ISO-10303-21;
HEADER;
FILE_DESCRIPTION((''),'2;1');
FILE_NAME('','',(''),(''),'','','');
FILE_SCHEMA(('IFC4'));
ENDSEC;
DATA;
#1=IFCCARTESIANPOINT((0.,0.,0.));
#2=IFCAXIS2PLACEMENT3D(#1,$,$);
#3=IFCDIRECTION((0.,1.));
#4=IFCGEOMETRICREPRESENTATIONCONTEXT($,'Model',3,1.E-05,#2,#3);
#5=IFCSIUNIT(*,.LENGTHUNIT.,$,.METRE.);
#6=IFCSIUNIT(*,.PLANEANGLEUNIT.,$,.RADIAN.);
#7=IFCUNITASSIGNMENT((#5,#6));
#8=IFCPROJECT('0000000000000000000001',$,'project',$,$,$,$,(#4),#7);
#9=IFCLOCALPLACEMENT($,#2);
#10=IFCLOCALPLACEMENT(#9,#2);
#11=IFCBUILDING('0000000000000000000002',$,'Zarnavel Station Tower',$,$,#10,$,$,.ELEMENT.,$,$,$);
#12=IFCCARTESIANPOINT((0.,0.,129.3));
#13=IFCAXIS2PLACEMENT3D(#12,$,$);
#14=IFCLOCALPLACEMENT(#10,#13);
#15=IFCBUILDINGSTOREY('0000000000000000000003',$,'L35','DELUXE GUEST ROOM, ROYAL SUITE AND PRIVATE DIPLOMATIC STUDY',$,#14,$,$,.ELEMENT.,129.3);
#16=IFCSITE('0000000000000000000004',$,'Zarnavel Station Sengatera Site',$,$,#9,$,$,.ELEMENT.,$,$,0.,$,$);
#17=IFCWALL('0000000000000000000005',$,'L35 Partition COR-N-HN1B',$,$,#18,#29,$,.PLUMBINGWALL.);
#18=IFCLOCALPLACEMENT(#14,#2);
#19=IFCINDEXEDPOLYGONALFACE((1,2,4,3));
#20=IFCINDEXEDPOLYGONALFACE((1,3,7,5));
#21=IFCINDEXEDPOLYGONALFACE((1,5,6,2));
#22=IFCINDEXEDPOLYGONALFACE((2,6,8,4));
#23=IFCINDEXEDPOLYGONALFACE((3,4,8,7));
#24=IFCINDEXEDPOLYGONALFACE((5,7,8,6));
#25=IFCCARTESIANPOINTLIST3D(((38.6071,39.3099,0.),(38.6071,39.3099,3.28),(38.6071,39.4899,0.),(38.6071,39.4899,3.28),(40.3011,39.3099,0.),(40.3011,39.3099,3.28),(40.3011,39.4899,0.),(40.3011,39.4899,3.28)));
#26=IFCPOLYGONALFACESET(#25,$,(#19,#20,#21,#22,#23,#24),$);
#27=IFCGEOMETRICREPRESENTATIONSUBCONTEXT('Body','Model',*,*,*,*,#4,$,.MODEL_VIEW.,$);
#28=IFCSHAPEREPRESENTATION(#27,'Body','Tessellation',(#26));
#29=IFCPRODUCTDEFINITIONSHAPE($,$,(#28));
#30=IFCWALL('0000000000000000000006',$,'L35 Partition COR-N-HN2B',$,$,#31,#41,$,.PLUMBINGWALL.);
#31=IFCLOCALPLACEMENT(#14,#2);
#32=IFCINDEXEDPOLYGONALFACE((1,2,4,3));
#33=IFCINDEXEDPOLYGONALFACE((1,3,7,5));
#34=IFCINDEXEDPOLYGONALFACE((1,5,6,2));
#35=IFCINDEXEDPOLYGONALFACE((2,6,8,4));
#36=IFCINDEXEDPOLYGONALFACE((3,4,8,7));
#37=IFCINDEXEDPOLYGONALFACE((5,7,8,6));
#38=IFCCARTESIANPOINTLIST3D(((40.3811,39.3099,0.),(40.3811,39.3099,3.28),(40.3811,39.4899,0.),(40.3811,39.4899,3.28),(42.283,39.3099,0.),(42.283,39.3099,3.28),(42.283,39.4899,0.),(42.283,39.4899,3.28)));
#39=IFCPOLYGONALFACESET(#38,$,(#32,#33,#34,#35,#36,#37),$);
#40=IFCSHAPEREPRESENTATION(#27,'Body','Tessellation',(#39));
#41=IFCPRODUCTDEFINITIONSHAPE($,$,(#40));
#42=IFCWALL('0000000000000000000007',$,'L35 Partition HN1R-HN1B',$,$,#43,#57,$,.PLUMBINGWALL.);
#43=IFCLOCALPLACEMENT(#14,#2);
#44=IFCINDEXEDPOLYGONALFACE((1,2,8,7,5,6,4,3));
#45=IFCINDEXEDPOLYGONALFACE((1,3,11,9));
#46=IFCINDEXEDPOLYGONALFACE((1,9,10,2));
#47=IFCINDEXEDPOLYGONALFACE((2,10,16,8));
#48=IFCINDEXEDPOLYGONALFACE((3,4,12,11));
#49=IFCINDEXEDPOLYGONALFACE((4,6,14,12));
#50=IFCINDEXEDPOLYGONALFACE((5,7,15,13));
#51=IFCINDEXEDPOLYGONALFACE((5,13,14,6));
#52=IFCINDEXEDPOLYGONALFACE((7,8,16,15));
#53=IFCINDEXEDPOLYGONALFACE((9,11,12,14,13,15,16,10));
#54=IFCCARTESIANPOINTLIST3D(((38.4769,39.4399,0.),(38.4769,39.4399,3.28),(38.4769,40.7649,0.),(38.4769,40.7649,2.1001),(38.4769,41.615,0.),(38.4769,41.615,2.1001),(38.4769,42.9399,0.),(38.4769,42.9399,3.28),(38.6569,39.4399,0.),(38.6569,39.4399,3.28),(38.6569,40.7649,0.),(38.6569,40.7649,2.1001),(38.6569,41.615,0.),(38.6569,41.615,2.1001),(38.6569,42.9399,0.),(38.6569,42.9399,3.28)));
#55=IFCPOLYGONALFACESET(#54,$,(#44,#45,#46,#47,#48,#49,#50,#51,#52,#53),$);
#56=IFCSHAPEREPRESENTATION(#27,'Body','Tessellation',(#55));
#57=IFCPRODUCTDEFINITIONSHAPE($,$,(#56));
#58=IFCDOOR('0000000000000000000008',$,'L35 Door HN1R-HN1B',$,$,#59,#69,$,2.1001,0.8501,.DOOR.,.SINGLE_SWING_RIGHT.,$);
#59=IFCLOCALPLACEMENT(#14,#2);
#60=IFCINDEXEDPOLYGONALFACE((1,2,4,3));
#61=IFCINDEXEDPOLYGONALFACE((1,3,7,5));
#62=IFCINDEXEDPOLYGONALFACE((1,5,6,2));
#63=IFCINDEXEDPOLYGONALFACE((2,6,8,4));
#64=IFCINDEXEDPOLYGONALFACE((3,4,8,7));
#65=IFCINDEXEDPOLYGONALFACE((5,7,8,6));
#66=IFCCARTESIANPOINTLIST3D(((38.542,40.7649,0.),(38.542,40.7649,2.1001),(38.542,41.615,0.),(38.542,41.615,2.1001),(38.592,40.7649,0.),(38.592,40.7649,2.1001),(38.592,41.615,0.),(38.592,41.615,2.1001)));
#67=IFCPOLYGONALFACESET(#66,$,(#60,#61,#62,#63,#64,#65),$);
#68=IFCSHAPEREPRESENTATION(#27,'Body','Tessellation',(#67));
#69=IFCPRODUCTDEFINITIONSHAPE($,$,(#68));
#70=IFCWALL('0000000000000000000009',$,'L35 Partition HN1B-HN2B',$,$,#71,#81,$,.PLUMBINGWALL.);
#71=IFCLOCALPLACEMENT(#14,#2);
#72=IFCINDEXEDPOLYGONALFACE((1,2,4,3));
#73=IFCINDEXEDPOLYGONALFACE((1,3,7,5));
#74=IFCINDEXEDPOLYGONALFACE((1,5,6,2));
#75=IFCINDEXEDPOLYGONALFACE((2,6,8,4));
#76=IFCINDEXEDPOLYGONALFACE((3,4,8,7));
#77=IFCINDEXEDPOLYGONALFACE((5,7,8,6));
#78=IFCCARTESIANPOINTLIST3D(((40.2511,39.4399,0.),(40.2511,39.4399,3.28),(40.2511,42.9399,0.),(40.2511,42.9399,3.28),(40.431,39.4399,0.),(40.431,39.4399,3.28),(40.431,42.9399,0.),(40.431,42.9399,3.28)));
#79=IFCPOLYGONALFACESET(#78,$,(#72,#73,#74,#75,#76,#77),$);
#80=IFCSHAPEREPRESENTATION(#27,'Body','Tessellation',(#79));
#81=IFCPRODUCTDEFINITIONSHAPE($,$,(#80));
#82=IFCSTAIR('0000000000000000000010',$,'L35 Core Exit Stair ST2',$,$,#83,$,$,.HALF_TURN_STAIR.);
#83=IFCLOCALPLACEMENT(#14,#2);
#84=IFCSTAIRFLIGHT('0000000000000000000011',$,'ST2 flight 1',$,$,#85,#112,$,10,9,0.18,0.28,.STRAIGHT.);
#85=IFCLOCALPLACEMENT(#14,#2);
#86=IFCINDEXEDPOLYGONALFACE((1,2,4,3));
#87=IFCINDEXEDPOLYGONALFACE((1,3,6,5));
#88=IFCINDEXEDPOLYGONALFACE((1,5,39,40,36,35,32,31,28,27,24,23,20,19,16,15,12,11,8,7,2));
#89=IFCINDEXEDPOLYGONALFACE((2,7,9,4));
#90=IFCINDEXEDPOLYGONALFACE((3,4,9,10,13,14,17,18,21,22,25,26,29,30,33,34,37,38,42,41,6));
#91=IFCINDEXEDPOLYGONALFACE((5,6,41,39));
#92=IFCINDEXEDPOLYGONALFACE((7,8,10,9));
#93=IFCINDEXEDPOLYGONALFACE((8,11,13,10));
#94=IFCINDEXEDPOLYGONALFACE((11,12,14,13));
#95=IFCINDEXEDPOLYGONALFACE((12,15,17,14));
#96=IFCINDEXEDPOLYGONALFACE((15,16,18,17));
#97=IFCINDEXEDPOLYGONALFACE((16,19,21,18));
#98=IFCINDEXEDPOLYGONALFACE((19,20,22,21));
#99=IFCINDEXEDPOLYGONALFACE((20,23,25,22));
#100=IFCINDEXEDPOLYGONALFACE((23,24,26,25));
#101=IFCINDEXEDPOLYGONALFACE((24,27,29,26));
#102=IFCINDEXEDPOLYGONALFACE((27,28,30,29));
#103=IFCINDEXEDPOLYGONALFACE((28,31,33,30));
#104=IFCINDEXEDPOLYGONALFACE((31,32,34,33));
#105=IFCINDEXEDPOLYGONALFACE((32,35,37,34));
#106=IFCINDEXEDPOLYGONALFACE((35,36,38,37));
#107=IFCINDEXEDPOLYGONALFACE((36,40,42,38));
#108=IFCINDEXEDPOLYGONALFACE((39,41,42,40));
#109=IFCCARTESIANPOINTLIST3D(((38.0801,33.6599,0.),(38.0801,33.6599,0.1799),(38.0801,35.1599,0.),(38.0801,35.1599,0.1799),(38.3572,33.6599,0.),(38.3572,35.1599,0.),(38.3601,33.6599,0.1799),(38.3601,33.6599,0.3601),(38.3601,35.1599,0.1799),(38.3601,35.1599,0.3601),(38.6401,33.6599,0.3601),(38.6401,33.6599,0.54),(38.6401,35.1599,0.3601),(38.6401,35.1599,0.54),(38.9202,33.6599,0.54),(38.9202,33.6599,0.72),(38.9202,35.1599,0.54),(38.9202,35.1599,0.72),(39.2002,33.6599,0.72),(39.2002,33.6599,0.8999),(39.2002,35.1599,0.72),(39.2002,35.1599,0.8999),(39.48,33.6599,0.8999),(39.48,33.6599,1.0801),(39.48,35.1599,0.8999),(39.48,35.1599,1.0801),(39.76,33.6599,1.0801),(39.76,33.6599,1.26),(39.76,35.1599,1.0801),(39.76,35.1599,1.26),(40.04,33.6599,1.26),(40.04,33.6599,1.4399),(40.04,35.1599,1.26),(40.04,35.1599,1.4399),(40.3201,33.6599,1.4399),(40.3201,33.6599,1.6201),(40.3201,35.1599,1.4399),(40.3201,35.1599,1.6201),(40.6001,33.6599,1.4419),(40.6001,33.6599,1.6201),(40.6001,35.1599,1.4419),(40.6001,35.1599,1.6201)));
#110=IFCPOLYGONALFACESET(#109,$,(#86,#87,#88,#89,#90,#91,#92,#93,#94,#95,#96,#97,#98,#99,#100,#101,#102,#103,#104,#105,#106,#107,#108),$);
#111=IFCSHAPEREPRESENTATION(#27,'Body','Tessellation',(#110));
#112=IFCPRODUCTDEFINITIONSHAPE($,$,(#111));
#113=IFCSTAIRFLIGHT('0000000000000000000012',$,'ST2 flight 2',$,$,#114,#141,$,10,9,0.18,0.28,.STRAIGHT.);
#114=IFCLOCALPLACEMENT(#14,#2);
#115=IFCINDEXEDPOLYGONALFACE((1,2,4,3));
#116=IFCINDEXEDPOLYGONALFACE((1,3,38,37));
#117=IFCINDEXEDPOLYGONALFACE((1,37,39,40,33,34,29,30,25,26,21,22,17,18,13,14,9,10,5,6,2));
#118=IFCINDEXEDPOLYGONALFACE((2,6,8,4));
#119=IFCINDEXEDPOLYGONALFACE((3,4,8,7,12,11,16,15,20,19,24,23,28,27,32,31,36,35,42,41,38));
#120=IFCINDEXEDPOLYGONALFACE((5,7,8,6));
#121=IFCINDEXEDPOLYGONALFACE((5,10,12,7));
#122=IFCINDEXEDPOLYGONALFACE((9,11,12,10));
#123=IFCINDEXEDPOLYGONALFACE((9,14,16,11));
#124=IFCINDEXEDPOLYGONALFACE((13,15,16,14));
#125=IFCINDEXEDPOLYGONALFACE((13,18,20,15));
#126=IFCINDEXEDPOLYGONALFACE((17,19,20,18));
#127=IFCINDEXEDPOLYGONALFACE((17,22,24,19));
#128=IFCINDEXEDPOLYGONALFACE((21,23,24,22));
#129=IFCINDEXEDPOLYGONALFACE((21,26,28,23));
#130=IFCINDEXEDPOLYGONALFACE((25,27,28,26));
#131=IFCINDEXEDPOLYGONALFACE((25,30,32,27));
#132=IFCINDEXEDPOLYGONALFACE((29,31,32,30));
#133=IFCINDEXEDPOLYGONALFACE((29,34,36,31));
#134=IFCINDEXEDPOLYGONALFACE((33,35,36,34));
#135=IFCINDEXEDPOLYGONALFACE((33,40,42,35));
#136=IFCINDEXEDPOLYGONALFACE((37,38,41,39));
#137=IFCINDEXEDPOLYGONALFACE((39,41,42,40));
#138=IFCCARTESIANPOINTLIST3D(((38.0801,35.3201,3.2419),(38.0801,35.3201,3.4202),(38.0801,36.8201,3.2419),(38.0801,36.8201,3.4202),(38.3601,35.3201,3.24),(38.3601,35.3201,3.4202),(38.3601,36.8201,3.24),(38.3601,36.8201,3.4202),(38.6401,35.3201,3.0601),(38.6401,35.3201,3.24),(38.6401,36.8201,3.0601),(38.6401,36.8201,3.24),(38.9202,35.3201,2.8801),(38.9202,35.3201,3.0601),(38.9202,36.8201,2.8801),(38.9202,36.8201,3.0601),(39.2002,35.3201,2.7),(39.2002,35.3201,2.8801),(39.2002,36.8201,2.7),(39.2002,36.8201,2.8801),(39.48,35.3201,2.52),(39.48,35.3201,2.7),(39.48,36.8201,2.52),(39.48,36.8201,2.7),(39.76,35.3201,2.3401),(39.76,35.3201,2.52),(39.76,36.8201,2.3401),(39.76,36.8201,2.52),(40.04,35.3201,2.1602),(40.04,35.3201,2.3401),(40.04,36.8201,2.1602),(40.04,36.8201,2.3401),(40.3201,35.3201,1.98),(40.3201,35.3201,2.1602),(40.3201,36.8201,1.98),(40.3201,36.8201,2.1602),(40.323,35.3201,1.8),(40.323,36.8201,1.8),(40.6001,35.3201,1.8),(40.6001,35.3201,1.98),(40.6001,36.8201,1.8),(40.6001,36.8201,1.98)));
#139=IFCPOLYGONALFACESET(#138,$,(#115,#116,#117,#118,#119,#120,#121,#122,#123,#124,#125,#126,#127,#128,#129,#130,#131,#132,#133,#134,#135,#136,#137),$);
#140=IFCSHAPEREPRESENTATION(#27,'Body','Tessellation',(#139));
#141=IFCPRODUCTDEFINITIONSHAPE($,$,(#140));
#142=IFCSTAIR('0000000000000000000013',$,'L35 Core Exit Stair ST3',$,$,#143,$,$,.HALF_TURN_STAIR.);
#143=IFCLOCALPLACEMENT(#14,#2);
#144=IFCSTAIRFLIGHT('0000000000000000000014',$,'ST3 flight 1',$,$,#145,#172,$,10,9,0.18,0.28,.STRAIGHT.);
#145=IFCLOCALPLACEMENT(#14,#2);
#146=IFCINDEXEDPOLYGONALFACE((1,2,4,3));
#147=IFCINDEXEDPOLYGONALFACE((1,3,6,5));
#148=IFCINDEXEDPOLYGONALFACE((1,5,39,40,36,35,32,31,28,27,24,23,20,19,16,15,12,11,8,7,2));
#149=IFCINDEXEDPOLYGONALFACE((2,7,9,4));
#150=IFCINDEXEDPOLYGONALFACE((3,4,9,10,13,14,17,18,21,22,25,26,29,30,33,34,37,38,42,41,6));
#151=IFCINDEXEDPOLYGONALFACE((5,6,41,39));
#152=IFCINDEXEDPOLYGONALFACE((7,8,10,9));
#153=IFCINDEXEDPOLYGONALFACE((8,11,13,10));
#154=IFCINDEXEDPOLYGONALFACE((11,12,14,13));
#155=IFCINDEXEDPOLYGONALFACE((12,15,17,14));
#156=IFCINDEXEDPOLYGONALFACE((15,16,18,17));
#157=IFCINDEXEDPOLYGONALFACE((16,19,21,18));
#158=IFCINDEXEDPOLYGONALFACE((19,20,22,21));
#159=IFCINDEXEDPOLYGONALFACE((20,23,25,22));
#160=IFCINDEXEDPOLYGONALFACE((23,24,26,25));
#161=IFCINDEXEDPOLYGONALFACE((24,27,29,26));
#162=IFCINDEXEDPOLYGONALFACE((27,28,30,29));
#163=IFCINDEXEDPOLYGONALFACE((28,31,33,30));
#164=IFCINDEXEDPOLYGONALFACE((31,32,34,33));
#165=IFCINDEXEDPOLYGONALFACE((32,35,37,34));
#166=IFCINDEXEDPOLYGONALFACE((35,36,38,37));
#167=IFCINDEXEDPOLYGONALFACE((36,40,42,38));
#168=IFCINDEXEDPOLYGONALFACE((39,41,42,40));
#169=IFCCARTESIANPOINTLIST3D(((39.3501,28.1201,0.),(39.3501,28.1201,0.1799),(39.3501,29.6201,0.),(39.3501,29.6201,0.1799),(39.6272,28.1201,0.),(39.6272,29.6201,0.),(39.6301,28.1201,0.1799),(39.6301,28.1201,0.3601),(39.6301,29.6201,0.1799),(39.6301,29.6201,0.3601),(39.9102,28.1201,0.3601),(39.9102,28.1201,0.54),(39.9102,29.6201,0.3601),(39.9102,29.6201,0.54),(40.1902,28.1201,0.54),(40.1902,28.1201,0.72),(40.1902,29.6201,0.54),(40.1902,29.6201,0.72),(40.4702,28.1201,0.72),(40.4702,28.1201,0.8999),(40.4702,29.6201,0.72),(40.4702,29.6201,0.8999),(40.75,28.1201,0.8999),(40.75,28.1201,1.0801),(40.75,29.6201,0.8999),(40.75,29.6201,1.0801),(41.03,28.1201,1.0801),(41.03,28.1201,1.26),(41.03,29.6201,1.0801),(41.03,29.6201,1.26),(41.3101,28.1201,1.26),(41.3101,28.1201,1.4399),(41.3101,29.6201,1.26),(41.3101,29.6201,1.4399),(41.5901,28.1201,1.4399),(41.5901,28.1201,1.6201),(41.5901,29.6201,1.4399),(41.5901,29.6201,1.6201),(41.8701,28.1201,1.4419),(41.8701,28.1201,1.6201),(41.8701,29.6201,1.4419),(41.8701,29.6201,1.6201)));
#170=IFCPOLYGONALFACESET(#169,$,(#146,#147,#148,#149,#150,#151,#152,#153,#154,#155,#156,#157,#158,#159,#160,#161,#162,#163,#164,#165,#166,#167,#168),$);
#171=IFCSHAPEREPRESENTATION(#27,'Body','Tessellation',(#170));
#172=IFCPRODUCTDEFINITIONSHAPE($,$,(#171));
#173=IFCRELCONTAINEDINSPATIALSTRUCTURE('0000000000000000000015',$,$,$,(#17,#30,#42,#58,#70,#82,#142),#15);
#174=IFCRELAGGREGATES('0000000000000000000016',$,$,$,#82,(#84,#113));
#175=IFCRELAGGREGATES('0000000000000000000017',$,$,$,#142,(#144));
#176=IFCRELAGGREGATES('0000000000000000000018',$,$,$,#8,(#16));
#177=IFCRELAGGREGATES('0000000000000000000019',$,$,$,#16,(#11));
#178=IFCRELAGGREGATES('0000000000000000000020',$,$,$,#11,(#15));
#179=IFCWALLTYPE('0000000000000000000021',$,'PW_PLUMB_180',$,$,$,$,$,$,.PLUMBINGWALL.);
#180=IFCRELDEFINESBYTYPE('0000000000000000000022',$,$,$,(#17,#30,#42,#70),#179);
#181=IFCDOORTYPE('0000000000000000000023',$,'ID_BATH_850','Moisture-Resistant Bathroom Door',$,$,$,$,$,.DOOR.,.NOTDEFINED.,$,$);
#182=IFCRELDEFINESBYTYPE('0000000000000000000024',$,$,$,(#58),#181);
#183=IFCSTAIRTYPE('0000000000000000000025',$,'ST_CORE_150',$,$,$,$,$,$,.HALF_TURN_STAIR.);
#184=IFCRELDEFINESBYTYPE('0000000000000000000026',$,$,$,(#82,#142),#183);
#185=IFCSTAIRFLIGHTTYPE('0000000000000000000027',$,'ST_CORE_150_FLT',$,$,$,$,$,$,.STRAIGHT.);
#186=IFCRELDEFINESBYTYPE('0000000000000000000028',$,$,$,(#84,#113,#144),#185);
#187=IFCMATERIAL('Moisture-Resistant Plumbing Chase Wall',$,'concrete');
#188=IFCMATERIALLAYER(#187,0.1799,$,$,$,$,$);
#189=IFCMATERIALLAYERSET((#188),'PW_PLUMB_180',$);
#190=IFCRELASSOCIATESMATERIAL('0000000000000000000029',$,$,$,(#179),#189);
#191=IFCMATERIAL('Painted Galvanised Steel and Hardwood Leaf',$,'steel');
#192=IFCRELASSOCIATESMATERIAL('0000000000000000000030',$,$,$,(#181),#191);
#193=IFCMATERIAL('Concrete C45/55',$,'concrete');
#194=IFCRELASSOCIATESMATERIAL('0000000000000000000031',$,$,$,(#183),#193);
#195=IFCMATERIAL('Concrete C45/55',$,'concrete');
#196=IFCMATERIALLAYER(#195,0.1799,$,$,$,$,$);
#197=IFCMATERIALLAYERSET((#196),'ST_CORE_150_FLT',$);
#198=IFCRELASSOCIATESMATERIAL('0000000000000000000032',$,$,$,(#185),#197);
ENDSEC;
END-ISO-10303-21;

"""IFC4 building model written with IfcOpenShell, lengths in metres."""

from ifc_helpers import new_model, si_unit, direction, frame, frame_2d, origin, place, context, subcontext, project, spatial, polyline, rectangle, outline, extrude, material, layer, layer_set, type_object, element, fill, aggregate, save


model = new_model("IFC4")

# Units and contexts
model_context = context("Model", 3, precision=1e-05, world=origin(), true_north=direction((0.0, 1.0)))
body_context = subcontext(model_context, "Body", "Model", "MODEL_VIEW")
ifc_project = project(units=[si_unit("LENGTHUNIT", "METRE"), si_unit("PLANEANGLEUNIT", "RADIAN")], contexts=[model_context])

# Site, building, storey
site_placement = place(None, origin())
site = spatial("IfcSite", under=ifc_project, at=site_placement, Name="Zarnavel Station Sengatera Site", CompositionType="ELEMENT", RefElevation=0.0)
building_placement = place(site_placement, origin())
building = spatial("IfcBuilding", under=site, at=building_placement, Name="Zarnavel Station Tower", CompositionType="ELEMENT")
storey_placement = place(building_placement, frame((0.0, 0.0, 129.3)))
storey = spatial("IfcBuildingStorey", under=building, at=storey_placement, Name="L35", Description="DELUXE GUEST ROOM, ROYAL SUITE AND PRIVATE DIPLOMATIC STUDY", CompositionType="ELEMENT", Elevation=129.3)

# Walls
ifc_material_1 = material(Name="Moisture-Resistant Plumbing Chase Wall", Category="concrete")
ifc_layer_1 = layer(ifc_material_1, 0.1799)
ifc_layer_set_1 = layer_set([ifc_layer_1], Name="PW_PLUMB_180")
wall_type_1 = type_object("IfcWallType", Name="PW_PLUMB_180", PredefinedType="PLUMBINGWALL", material=ifc_layer_set_1)
wall_1_placement = place(storey_placement, frame((38.6069, 39.3999, 0.0), z_axis=(0.0, 0.0, 1.0), x_axis=(1.0, 0.0, 0.0)))
element("IfcWall", 1, at=wall_1_placement, inside=storey, type_object=wall_type_1, Name="L35 Partition COR-N-HN1B", PredefinedType="PLUMBINGWALL", context=body_context, shape_type="SweptSolid", body=[
    extrude(rectangle(XDim=1.6941, YDim=0.1799, at=frame_2d((0.8472, 0.0))), origin(), (0.0, 0.0, 1.0), 3.28),
])
wall_2_placement = place(storey_placement, frame((40.3811, 39.3999, 0.0), z_axis=(0.0, 0.0, 1.0), x_axis=(1.0, 0.0, 0.0)))
element("IfcWall", 2, at=wall_2_placement, inside=storey, type_object=wall_type_1, Name="L35 Partition COR-N-HN2B", PredefinedType="PLUMBINGWALL", context=body_context, shape_type="SweptSolid", body=[
    extrude(rectangle(XDim=1.9019, YDim=0.1799, at=frame_2d((0.9509, 0.0))), origin(), (0.0, 0.0, 1.0), 3.28),
])

# Wall, opening, door
wall_3_placement = place(storey_placement, frame((38.5669, 39.4399, 0.0), z_axis=(0.0, 0.0, 1.0), x_axis=(0.0, 1.0, 0.0)))
wall_3 = element("IfcWall", 3, at=wall_3_placement, inside=storey, type_object=wall_type_1, Name="L35 Partition HN1R-HN1B", PredefinedType="PLUMBINGWALL", context=body_context, shape_type="SweptSolid", body=[
    extrude(rectangle(XDim=3.5, YDim=0.1799, at=frame_2d((1.75, 0.0))), origin(), (0.0, 0.0, 1.0), 3.28),
])
opening_1_placement = place(wall_3_placement, frame((1.325, 0.0, 0.0)))
opening_1 = element("IfcOpeningElement", 4, at=opening_1_placement, cuts=wall_3, PredefinedType="OPENING", context=body_context, shape_type="SweptSolid", body=[
    extrude(rectangle(XDim=0.8501, YDim=2.1001, at=frame_2d((0.425, 1.05))), frame((0.0, 0.0999, 0.0), z_axis=(0.0, -1.0, 0.0), x_axis=(1.0, 0.0, 0.0)), (0.0, 0.0, 1.0), 0.2),
])
ifc_material_2 = material(Name="Painted Galvanised Steel and Hardwood Leaf", Category="steel")
door_type_1 = type_object("IfcDoorType", Name="ID_BATH_850", Description="Moisture-Resistant Bathroom Door", OperationType="NOTDEFINED", PredefinedType="DOOR", material=ifc_material_2)
door_1_placement = place(opening_1_placement, origin())
door_1 = element("IfcDoor", 5, at=door_1_placement, inside=storey, type_object=door_type_1, Name="L35 Door HN1R-HN1B", OperationType="SINGLE_SWING_RIGHT", OverallHeight=2.1001, OverallWidth=0.8501, PredefinedType="DOOR", context=body_context, shape_type="SweptSolid", body=[
    extrude(rectangle(XDim=0.8501, YDim=2.1001, at=frame_2d((0.425, 1.05))), frame((0.0, 0.0249, 0.0), z_axis=(0.0, -1.0, 0.0), x_axis=(1.0, 0.0, 0.0)), (0.0, 0.0, 1.0), 0.05),
])
fill(opening_1, door_1)

# Wall
wall_4_placement = place(storey_placement, frame((40.3411, 39.4399, 0.0), z_axis=(0.0, 0.0, 1.0), x_axis=(0.0, 1.0, 0.0)))
element("IfcWall", 6, at=wall_4_placement, inside=storey, type_object=wall_type_1, Name="L35 Partition HN1B-HN2B", PredefinedType="PLUMBINGWALL", context=body_context, shape_type="SweptSolid", body=[
    extrude(rectangle(XDim=3.5, YDim=0.1799, at=frame_2d((1.75, 0.0))), origin(), (0.0, 0.0, 1.0), 3.28),
])

# Stairs, stair flights
ifc_material_3 = material(Name="Concrete C45/55", Category="concrete")
stair_type = type_object("IfcStairType", Name="ST_CORE_150", PredefinedType="HALF_TURN_STAIR", material=ifc_material_3)
stair_1_placement = place(storey_placement, origin())
stair_1 = element("IfcStair", 7, at=stair_1_placement, inside=storey, type_object=stair_type, Name="L35 Core Exit Stair ST2", PredefinedType="HALF_TURN_STAIR")
ifc_material_4 = material(Name="Concrete C45/55", Category="concrete")
ifc_layer_2 = layer(ifc_material_4, 0.1799)
ifc_layer_set_2 = layer_set([ifc_layer_2], Name="ST_CORE_150_FLT")
stair_flight_type = type_object("IfcStairFlightType", Name="ST_CORE_150_FLT", PredefinedType="STRAIGHT", material=ifc_layer_set_2)
stair_flight_1_placement = place(storey_placement, frame((38.0801, 34.4099, 0.0), z_axis=(0.0, 0.0, 1.0), x_axis=(1.0, 0.0, 0.0)))
stair_flight_1 = element("IfcStairFlight", 8, at=stair_flight_1_placement, type_object=stair_flight_type, Name="ST2 flight 1", NumberOfRisers=10, NumberOfTreads=9, PredefinedType="STRAIGHT", RiserHeight=0.18, TreadLength=0.28, context=body_context, shape_type="SweptSolid", body=[
    extrude(outline(polyline([(0.0, 0.0), (0.0, 0.1799), (0.28, 0.1799), (0.28, 0.3601), (0.5601, 0.3601), (0.5601, 0.54), (0.8401, 0.54), (0.8401, 0.72), (1.1201, 0.72), (1.1201, 0.8999), (1.3999, 0.8999), (1.3999, 1.0801), (1.6799, 1.0801), (1.6799, 1.26), (1.96, 1.26), (1.96, 1.4399), (2.24, 1.4399), (2.24, 1.6201), (2.52, 1.6201), (2.52, 1.8), (2.52, 1.4419), (0.2771, 0.0), (0.0, 0.0)])), frame((0.0, 0.75, 0.0), z_axis=(0.0, -1.0, 0.0), x_axis=(1.0, 0.0, 0.0)), (0.0, 0.0, 1.0), 1.5),
])
stair_flight_2_placement = place(storey_placement, frame((40.6001, 36.0701, 1.8), z_axis=(0.0, 0.0, 1.0), x_axis=(-1.0, 0.0, 0.0)))
stair_flight_2 = element("IfcStairFlight", 9, at=stair_flight_2_placement, type_object=stair_flight_type, Name="ST2 flight 2", NumberOfRisers=10, NumberOfTreads=9, PredefinedType="STRAIGHT", RiserHeight=0.18, TreadLength=0.28, context=body_context, shape_type="SweptSolid", body=[
    extrude(outline(polyline([(0.0, 0.0), (0.0, 0.1799), (0.28, 0.1799), (0.28, 0.3601), (0.5601, 0.3601), (0.5601, 0.54), (0.8401, 0.54), (0.8401, 0.72), (1.1201, 0.72), (1.1201, 0.8999), (1.3999, 0.8999), (1.3999, 1.0801), (1.6799, 1.0801), (1.6799, 1.26), (1.96, 1.26), (1.96, 1.4399), (2.24, 1.4399), (2.24, 1.6201), (2.52, 1.6201), (2.52, 1.8), (2.52, 1.4419), (0.2771, 0.0), (0.0, 0.0)])), frame((0.0, 0.75, 0.0), z_axis=(0.0, -1.0, 0.0), x_axis=(1.0, 0.0, 0.0)), (0.0, 0.0, 1.0), 1.5),
])
aggregate(stair_1, [stair_flight_1, stair_flight_2])
stair_2_placement = place(storey_placement, origin())
stair_2 = element("IfcStair", 10, at=stair_2_placement, inside=storey, type_object=stair_type, Name="L35 Core Exit Stair ST3", PredefinedType="HALF_TURN_STAIR")
stair_flight_3_placement = place(storey_placement, frame((39.3501, 28.8701, 0.0), z_axis=(0.0, 0.0, 1.0), x_axis=(1.0, 0.0, 0.0)))
stair_flight_3 = element("IfcStairFlight", 11, at=stair_flight_3_placement, type_object=stair_flight_type, Name="ST3 flight 1", NumberOfRisers=10, NumberOfTreads=9, PredefinedType="STRAIGHT", RiserHeight=0.18, TreadLength=0.28, context=body_context, shape_type="SweptSolid", body=[
    extrude(outline(polyline([(0.0, 0.0), (0.0, 0.1799), (0.28, 0.1799), (0.28, 0.3601), (0.5601, 0.3601), (0.5601, 0.54), (0.8401, 0.54), (0.8401, 0.72), (1.1201, 0.72), (1.1201, 0.8999), (1.3999, 0.8999), (1.3999, 1.0801), (1.6799, 1.0801), (1.6799, 1.26), (1.96, 1.26), (1.96, 1.4399), (2.24, 1.4399), (2.24, 1.6201), (2.52, 1.6201), (2.52, 1.8), (2.52, 1.4419), (0.2771, 0.0), (0.0, 0.0)])), frame((0.0, 0.75, 0.0), z_axis=(0.0, -1.0, 0.0), x_axis=(1.0, 0.0, 0.0)), (0.0, 0.0, 1.0), 1.5),
])
aggregate(stair_2, [stair_flight_3])

save(model, "model.ifc")
